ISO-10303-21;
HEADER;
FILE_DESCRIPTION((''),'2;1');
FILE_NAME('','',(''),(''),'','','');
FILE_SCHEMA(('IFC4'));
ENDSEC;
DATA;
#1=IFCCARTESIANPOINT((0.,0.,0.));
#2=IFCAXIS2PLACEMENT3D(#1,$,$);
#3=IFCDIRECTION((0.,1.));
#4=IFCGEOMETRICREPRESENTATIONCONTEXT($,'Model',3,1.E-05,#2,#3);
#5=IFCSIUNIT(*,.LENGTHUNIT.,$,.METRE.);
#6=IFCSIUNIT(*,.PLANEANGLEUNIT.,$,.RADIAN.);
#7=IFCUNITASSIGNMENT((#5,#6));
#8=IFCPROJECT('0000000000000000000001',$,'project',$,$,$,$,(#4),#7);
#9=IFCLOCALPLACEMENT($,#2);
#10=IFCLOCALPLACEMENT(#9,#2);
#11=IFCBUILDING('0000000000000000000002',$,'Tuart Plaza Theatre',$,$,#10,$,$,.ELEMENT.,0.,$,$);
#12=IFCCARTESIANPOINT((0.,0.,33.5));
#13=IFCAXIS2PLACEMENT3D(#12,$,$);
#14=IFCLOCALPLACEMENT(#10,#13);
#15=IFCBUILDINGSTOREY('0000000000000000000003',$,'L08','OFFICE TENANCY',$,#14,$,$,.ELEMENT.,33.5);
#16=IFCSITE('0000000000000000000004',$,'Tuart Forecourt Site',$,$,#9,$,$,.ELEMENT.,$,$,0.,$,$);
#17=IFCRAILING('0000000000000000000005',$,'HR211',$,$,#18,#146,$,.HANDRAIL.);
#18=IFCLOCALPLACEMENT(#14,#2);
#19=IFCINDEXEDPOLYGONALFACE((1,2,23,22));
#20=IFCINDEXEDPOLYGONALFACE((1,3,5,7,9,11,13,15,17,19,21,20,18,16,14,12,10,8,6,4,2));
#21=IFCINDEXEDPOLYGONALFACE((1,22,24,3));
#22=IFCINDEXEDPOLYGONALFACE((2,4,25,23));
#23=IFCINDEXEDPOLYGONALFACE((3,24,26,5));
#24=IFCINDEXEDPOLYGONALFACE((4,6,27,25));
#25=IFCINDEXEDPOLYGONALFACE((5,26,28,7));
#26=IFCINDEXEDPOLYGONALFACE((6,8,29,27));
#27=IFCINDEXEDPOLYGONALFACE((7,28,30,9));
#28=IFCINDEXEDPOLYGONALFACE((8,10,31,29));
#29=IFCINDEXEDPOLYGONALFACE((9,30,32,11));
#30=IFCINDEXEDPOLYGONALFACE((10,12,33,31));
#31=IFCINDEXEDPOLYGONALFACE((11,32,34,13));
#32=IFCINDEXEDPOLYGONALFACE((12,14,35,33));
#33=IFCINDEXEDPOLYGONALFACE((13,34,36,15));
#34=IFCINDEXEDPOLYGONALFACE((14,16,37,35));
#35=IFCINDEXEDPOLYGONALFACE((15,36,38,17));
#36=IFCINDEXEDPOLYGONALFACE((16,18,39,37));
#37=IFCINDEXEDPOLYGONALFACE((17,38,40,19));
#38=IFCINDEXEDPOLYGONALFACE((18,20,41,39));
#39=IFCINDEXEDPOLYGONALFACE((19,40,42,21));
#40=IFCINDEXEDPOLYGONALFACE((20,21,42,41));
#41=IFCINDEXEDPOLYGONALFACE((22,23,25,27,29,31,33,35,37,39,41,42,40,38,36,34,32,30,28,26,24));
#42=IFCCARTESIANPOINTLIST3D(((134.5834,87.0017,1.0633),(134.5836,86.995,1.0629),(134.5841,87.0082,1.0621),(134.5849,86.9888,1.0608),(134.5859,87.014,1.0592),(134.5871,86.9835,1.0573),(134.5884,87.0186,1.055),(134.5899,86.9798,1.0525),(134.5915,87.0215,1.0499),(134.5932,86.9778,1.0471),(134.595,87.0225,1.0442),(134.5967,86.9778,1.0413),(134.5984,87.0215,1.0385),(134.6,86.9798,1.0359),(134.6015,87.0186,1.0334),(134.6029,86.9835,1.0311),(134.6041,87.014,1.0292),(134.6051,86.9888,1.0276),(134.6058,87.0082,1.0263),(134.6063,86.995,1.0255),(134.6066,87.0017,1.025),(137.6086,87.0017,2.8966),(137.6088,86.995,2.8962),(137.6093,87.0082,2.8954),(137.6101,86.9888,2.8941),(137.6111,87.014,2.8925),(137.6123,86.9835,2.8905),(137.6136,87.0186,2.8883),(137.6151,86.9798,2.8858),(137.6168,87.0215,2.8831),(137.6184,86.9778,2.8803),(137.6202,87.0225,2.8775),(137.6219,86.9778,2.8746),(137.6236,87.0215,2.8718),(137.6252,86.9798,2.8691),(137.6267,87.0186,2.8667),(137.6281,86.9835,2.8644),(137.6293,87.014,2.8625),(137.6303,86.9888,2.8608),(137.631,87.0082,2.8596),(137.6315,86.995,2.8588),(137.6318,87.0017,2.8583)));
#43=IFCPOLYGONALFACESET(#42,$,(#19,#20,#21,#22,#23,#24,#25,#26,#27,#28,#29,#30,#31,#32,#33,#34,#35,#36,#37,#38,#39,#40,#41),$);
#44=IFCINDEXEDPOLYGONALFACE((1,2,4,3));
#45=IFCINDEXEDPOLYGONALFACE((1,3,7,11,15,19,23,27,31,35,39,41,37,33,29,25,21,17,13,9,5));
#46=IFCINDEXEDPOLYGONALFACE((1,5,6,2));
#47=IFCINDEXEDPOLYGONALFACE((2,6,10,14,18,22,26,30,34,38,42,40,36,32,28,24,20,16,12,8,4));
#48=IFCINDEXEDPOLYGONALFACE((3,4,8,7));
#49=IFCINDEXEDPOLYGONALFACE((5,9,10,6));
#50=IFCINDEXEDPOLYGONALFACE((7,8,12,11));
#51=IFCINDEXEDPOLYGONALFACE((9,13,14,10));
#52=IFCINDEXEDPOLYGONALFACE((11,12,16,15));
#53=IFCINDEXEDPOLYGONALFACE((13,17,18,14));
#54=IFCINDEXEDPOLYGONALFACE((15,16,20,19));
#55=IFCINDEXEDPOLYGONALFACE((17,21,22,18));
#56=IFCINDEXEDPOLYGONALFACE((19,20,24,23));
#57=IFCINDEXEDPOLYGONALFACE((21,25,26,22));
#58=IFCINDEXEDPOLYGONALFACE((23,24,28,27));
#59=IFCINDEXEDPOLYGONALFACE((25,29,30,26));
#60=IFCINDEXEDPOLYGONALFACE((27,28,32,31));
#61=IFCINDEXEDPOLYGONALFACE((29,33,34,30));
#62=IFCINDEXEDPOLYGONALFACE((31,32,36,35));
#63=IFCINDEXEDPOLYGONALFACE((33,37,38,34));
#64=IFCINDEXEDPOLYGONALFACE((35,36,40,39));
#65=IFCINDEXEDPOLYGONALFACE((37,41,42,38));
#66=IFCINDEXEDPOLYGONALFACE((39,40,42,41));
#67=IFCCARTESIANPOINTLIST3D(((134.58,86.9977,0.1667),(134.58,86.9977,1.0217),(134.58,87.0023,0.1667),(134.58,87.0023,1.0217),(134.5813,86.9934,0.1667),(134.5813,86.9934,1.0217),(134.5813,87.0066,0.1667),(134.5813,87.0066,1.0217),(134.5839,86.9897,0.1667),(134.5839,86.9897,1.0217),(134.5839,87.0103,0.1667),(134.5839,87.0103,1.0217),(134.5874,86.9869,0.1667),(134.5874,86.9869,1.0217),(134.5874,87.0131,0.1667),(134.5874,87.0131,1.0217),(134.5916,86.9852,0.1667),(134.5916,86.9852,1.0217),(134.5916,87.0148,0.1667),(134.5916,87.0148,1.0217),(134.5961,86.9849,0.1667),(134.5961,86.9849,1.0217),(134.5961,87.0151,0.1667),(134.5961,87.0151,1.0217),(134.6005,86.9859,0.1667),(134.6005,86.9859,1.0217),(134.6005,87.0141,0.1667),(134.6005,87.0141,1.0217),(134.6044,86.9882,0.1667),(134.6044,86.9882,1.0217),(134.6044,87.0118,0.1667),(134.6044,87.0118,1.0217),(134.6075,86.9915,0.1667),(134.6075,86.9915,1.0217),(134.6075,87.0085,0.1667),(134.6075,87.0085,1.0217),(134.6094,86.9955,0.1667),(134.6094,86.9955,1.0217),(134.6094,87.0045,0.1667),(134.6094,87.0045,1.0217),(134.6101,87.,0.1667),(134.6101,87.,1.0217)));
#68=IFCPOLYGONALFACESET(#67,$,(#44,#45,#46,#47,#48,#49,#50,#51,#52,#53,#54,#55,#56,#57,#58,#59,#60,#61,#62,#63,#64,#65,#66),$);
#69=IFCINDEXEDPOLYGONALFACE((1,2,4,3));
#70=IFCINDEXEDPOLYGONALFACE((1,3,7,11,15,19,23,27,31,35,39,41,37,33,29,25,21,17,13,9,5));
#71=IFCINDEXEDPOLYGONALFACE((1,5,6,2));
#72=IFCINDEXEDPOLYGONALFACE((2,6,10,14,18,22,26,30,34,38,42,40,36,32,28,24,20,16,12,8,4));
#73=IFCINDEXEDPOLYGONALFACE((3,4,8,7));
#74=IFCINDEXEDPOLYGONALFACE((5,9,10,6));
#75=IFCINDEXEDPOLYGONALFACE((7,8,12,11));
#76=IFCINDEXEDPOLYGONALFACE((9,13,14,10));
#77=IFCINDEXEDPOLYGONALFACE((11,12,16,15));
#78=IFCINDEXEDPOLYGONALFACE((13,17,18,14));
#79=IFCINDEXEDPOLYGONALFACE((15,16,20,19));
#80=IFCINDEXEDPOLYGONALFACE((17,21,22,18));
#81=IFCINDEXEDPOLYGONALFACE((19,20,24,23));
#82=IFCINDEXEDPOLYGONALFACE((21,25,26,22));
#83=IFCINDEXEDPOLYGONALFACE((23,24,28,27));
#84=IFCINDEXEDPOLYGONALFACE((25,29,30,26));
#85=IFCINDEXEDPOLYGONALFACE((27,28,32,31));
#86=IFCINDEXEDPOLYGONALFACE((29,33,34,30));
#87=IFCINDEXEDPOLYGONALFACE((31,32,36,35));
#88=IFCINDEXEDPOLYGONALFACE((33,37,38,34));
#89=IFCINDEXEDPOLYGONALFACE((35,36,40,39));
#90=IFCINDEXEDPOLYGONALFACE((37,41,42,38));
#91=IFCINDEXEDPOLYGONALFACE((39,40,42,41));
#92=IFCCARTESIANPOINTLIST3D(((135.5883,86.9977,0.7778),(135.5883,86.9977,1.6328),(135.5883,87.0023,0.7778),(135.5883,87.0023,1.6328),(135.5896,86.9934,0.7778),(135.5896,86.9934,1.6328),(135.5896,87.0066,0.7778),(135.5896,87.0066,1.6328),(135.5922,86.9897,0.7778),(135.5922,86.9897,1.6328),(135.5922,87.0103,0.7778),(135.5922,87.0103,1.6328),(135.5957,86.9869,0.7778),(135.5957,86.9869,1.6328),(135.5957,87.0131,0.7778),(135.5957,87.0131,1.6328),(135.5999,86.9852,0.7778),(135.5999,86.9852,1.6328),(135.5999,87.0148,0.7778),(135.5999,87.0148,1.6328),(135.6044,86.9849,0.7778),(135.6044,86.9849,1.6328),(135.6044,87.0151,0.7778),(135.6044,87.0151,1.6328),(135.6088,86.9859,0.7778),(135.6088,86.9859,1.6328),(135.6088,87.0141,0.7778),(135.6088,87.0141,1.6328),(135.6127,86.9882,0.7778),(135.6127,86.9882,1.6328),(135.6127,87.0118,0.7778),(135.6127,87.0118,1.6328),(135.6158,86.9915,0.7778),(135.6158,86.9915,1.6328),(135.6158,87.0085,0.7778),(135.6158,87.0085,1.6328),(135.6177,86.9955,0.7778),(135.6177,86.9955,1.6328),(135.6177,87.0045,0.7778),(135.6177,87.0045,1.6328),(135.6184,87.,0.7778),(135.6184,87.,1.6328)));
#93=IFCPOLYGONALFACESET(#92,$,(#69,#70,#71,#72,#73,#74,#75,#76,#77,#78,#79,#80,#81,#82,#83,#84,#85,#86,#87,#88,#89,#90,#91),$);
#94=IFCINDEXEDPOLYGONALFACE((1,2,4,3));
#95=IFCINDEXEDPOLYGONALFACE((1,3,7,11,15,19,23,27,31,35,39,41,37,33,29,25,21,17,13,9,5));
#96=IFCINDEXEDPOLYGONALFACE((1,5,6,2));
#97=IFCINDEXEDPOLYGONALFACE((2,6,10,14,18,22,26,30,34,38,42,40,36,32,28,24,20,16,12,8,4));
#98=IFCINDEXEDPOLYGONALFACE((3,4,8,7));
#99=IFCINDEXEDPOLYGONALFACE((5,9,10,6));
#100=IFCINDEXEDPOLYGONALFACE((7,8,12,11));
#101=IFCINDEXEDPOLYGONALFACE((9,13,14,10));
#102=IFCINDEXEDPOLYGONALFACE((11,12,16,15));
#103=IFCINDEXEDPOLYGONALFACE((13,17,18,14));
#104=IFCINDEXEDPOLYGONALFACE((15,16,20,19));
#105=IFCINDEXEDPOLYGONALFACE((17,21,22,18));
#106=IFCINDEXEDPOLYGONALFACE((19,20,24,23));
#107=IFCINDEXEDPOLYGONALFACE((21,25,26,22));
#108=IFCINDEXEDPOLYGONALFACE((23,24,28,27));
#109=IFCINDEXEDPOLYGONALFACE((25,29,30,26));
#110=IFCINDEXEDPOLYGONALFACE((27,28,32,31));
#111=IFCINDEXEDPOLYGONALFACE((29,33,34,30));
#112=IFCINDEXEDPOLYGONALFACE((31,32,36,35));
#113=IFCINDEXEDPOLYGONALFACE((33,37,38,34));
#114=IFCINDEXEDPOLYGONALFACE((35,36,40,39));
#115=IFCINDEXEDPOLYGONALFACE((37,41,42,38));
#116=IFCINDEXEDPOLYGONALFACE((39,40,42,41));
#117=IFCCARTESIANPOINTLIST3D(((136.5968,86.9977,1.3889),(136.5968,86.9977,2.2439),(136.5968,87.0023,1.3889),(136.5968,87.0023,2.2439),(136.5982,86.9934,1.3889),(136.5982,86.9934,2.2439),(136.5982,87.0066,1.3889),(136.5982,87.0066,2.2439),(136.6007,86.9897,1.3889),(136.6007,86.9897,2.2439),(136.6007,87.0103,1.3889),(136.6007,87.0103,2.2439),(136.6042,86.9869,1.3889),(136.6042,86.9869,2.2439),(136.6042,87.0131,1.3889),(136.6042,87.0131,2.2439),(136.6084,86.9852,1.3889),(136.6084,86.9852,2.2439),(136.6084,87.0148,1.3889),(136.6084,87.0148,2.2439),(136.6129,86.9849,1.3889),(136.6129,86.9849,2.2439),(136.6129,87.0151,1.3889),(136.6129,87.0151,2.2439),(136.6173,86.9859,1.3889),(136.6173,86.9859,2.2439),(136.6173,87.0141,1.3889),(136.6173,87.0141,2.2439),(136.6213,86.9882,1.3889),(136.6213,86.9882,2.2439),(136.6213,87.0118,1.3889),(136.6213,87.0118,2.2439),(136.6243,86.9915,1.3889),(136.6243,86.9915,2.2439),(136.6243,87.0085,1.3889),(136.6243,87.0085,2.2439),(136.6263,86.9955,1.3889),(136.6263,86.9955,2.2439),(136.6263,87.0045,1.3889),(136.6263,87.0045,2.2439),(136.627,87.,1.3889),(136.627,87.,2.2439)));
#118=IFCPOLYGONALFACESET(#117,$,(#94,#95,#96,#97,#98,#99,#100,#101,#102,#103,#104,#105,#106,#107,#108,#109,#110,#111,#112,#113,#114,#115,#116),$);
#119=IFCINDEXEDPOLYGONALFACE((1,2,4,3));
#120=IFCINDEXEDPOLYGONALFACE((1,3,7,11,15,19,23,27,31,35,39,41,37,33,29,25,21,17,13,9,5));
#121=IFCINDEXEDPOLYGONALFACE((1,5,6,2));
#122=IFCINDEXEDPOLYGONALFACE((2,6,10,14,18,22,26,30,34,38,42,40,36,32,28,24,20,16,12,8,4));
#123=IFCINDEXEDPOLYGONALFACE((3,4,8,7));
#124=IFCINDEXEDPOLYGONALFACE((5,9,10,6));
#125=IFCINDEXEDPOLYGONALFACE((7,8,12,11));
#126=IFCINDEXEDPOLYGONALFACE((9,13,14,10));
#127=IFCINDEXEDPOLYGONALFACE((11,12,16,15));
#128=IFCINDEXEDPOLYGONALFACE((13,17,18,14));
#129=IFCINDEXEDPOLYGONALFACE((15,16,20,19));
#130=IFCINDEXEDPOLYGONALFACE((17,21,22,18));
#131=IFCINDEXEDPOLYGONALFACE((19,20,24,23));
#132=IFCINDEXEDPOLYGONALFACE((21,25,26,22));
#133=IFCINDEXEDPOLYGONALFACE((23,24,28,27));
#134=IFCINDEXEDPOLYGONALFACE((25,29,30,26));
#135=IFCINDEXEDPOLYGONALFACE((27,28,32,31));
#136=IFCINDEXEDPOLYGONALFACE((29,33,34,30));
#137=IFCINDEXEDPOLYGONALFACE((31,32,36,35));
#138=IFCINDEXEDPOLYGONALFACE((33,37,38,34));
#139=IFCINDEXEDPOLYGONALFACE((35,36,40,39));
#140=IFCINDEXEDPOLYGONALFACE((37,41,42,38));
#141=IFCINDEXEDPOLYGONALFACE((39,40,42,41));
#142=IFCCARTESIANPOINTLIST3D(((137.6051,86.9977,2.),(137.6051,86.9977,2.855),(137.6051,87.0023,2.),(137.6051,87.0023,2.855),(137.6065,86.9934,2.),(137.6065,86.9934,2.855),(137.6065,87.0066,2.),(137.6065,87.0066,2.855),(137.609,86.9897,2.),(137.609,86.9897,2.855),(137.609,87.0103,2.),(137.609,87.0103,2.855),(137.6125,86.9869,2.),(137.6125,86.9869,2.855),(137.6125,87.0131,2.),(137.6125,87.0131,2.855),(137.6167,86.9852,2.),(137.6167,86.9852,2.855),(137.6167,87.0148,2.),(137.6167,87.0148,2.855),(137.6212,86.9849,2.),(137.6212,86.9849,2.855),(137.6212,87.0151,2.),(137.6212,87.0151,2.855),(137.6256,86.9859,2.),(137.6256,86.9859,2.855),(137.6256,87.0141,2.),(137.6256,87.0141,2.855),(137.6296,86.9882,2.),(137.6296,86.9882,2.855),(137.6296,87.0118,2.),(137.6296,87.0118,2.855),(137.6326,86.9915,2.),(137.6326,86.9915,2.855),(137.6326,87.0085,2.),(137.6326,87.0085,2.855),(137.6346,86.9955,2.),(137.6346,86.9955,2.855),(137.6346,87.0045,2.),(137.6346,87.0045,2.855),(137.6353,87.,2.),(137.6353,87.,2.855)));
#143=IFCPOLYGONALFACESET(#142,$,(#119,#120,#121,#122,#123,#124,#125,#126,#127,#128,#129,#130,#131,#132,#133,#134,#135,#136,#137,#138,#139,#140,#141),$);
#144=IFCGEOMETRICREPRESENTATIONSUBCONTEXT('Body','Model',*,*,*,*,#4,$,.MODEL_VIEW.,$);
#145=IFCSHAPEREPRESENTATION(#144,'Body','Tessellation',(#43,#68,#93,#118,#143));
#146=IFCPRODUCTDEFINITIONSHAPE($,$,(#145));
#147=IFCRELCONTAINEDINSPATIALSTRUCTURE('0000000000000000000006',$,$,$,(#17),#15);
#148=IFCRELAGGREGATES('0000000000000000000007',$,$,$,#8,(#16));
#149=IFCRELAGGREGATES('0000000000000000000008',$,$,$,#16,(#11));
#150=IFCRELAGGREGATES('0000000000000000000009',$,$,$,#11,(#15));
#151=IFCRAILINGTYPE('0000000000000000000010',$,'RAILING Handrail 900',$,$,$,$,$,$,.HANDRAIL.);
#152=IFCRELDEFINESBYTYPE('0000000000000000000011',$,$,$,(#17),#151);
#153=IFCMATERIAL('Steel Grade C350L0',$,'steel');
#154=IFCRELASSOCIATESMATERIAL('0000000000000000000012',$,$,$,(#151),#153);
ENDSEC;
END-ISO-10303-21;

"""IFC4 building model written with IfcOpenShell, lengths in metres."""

from ifc_helpers import new_model, si_unit, direction, frame, origin, origin_2d, place, context, subcontext, project, spatial, circle, extrude, material, type_object, element, save


model = new_model("IFC4")

# Units and contexts
model_context = context("Model", 3, precision=1e-05, world=origin(), true_north=direction((0.0, 1.0)))
body_context = subcontext(model_context, "Body", "Model", "MODEL_VIEW")
ifc_project = project(units=[si_unit("LENGTHUNIT", "METRE"), si_unit("PLANEANGLEUNIT", "RADIAN")], contexts=[model_context])

# Site, building, storey
site_placement = place(None, origin())
site = spatial("IfcSite", under=ifc_project, at=site_placement, Name="Tuart Forecourt Site", CompositionType="ELEMENT", RefElevation=0.0)
building_placement = place(site_placement, origin())
building = spatial("IfcBuilding", under=site, at=building_placement, Name="Tuart Plaza Theatre", CompositionType="ELEMENT", ElevationOfRefHeight=0.0)
storey_placement = place(building_placement, frame((0.0, 0.0, 33.5)))
storey = spatial("IfcBuildingStorey", under=building, at=storey_placement, Name="L08", Description="OFFICE TENANCY", CompositionType="ELEMENT", Elevation=33.5)

# Railing
ifc_material_1 = material(Name="Steel Grade C350L0", Category="steel")
railing_type_1 = type_object("IfcRailingType", Name="RAILING Handrail 900", PredefinedType="HANDRAIL", material=ifc_material_1)
for number, where, name in (
    (1, (134.595, 87.0, 0.1667), "HR211"),
):
    element("IfcRailing", number, at=place(storey_placement, frame(where)), inside=storey, type_object=railing_type_1, Name=name, PredefinedType="HANDRAIL", context=body_context, shape_type="SweptSolid", body=[
        extrude(circle(Radius=0.0225, at=origin_2d()), frame((0.0, 0.0, 0.8774), z_axis=(0.855219, 0.0, 0.518267), x_axis=(0.0, 1.0, 0.0)), (0.0, 0.0, 1.0), 3.5374),
        extrude(circle(Radius=0.0151, at=origin_2d()), origin(), (0.0, 0.0, 1.0), 0.855),
        extrude(circle(Radius=0.0151, at=origin_2d()), frame((1.0083, 0.0, 0.6111)), (0.0, 0.0, 1.0), 0.855),
        extrude(circle(Radius=0.0151, at=origin_2d()), frame((2.0168, 0.0, 1.2222)), (0.0, 0.0, 1.0), 0.855),
        extrude(circle(Radius=0.0151, at=origin_2d()), frame((3.0251, 0.0, 1.8333)), (0.0, 0.0, 1.0), 0.855),
    ])

save(model, "model.ifc")
